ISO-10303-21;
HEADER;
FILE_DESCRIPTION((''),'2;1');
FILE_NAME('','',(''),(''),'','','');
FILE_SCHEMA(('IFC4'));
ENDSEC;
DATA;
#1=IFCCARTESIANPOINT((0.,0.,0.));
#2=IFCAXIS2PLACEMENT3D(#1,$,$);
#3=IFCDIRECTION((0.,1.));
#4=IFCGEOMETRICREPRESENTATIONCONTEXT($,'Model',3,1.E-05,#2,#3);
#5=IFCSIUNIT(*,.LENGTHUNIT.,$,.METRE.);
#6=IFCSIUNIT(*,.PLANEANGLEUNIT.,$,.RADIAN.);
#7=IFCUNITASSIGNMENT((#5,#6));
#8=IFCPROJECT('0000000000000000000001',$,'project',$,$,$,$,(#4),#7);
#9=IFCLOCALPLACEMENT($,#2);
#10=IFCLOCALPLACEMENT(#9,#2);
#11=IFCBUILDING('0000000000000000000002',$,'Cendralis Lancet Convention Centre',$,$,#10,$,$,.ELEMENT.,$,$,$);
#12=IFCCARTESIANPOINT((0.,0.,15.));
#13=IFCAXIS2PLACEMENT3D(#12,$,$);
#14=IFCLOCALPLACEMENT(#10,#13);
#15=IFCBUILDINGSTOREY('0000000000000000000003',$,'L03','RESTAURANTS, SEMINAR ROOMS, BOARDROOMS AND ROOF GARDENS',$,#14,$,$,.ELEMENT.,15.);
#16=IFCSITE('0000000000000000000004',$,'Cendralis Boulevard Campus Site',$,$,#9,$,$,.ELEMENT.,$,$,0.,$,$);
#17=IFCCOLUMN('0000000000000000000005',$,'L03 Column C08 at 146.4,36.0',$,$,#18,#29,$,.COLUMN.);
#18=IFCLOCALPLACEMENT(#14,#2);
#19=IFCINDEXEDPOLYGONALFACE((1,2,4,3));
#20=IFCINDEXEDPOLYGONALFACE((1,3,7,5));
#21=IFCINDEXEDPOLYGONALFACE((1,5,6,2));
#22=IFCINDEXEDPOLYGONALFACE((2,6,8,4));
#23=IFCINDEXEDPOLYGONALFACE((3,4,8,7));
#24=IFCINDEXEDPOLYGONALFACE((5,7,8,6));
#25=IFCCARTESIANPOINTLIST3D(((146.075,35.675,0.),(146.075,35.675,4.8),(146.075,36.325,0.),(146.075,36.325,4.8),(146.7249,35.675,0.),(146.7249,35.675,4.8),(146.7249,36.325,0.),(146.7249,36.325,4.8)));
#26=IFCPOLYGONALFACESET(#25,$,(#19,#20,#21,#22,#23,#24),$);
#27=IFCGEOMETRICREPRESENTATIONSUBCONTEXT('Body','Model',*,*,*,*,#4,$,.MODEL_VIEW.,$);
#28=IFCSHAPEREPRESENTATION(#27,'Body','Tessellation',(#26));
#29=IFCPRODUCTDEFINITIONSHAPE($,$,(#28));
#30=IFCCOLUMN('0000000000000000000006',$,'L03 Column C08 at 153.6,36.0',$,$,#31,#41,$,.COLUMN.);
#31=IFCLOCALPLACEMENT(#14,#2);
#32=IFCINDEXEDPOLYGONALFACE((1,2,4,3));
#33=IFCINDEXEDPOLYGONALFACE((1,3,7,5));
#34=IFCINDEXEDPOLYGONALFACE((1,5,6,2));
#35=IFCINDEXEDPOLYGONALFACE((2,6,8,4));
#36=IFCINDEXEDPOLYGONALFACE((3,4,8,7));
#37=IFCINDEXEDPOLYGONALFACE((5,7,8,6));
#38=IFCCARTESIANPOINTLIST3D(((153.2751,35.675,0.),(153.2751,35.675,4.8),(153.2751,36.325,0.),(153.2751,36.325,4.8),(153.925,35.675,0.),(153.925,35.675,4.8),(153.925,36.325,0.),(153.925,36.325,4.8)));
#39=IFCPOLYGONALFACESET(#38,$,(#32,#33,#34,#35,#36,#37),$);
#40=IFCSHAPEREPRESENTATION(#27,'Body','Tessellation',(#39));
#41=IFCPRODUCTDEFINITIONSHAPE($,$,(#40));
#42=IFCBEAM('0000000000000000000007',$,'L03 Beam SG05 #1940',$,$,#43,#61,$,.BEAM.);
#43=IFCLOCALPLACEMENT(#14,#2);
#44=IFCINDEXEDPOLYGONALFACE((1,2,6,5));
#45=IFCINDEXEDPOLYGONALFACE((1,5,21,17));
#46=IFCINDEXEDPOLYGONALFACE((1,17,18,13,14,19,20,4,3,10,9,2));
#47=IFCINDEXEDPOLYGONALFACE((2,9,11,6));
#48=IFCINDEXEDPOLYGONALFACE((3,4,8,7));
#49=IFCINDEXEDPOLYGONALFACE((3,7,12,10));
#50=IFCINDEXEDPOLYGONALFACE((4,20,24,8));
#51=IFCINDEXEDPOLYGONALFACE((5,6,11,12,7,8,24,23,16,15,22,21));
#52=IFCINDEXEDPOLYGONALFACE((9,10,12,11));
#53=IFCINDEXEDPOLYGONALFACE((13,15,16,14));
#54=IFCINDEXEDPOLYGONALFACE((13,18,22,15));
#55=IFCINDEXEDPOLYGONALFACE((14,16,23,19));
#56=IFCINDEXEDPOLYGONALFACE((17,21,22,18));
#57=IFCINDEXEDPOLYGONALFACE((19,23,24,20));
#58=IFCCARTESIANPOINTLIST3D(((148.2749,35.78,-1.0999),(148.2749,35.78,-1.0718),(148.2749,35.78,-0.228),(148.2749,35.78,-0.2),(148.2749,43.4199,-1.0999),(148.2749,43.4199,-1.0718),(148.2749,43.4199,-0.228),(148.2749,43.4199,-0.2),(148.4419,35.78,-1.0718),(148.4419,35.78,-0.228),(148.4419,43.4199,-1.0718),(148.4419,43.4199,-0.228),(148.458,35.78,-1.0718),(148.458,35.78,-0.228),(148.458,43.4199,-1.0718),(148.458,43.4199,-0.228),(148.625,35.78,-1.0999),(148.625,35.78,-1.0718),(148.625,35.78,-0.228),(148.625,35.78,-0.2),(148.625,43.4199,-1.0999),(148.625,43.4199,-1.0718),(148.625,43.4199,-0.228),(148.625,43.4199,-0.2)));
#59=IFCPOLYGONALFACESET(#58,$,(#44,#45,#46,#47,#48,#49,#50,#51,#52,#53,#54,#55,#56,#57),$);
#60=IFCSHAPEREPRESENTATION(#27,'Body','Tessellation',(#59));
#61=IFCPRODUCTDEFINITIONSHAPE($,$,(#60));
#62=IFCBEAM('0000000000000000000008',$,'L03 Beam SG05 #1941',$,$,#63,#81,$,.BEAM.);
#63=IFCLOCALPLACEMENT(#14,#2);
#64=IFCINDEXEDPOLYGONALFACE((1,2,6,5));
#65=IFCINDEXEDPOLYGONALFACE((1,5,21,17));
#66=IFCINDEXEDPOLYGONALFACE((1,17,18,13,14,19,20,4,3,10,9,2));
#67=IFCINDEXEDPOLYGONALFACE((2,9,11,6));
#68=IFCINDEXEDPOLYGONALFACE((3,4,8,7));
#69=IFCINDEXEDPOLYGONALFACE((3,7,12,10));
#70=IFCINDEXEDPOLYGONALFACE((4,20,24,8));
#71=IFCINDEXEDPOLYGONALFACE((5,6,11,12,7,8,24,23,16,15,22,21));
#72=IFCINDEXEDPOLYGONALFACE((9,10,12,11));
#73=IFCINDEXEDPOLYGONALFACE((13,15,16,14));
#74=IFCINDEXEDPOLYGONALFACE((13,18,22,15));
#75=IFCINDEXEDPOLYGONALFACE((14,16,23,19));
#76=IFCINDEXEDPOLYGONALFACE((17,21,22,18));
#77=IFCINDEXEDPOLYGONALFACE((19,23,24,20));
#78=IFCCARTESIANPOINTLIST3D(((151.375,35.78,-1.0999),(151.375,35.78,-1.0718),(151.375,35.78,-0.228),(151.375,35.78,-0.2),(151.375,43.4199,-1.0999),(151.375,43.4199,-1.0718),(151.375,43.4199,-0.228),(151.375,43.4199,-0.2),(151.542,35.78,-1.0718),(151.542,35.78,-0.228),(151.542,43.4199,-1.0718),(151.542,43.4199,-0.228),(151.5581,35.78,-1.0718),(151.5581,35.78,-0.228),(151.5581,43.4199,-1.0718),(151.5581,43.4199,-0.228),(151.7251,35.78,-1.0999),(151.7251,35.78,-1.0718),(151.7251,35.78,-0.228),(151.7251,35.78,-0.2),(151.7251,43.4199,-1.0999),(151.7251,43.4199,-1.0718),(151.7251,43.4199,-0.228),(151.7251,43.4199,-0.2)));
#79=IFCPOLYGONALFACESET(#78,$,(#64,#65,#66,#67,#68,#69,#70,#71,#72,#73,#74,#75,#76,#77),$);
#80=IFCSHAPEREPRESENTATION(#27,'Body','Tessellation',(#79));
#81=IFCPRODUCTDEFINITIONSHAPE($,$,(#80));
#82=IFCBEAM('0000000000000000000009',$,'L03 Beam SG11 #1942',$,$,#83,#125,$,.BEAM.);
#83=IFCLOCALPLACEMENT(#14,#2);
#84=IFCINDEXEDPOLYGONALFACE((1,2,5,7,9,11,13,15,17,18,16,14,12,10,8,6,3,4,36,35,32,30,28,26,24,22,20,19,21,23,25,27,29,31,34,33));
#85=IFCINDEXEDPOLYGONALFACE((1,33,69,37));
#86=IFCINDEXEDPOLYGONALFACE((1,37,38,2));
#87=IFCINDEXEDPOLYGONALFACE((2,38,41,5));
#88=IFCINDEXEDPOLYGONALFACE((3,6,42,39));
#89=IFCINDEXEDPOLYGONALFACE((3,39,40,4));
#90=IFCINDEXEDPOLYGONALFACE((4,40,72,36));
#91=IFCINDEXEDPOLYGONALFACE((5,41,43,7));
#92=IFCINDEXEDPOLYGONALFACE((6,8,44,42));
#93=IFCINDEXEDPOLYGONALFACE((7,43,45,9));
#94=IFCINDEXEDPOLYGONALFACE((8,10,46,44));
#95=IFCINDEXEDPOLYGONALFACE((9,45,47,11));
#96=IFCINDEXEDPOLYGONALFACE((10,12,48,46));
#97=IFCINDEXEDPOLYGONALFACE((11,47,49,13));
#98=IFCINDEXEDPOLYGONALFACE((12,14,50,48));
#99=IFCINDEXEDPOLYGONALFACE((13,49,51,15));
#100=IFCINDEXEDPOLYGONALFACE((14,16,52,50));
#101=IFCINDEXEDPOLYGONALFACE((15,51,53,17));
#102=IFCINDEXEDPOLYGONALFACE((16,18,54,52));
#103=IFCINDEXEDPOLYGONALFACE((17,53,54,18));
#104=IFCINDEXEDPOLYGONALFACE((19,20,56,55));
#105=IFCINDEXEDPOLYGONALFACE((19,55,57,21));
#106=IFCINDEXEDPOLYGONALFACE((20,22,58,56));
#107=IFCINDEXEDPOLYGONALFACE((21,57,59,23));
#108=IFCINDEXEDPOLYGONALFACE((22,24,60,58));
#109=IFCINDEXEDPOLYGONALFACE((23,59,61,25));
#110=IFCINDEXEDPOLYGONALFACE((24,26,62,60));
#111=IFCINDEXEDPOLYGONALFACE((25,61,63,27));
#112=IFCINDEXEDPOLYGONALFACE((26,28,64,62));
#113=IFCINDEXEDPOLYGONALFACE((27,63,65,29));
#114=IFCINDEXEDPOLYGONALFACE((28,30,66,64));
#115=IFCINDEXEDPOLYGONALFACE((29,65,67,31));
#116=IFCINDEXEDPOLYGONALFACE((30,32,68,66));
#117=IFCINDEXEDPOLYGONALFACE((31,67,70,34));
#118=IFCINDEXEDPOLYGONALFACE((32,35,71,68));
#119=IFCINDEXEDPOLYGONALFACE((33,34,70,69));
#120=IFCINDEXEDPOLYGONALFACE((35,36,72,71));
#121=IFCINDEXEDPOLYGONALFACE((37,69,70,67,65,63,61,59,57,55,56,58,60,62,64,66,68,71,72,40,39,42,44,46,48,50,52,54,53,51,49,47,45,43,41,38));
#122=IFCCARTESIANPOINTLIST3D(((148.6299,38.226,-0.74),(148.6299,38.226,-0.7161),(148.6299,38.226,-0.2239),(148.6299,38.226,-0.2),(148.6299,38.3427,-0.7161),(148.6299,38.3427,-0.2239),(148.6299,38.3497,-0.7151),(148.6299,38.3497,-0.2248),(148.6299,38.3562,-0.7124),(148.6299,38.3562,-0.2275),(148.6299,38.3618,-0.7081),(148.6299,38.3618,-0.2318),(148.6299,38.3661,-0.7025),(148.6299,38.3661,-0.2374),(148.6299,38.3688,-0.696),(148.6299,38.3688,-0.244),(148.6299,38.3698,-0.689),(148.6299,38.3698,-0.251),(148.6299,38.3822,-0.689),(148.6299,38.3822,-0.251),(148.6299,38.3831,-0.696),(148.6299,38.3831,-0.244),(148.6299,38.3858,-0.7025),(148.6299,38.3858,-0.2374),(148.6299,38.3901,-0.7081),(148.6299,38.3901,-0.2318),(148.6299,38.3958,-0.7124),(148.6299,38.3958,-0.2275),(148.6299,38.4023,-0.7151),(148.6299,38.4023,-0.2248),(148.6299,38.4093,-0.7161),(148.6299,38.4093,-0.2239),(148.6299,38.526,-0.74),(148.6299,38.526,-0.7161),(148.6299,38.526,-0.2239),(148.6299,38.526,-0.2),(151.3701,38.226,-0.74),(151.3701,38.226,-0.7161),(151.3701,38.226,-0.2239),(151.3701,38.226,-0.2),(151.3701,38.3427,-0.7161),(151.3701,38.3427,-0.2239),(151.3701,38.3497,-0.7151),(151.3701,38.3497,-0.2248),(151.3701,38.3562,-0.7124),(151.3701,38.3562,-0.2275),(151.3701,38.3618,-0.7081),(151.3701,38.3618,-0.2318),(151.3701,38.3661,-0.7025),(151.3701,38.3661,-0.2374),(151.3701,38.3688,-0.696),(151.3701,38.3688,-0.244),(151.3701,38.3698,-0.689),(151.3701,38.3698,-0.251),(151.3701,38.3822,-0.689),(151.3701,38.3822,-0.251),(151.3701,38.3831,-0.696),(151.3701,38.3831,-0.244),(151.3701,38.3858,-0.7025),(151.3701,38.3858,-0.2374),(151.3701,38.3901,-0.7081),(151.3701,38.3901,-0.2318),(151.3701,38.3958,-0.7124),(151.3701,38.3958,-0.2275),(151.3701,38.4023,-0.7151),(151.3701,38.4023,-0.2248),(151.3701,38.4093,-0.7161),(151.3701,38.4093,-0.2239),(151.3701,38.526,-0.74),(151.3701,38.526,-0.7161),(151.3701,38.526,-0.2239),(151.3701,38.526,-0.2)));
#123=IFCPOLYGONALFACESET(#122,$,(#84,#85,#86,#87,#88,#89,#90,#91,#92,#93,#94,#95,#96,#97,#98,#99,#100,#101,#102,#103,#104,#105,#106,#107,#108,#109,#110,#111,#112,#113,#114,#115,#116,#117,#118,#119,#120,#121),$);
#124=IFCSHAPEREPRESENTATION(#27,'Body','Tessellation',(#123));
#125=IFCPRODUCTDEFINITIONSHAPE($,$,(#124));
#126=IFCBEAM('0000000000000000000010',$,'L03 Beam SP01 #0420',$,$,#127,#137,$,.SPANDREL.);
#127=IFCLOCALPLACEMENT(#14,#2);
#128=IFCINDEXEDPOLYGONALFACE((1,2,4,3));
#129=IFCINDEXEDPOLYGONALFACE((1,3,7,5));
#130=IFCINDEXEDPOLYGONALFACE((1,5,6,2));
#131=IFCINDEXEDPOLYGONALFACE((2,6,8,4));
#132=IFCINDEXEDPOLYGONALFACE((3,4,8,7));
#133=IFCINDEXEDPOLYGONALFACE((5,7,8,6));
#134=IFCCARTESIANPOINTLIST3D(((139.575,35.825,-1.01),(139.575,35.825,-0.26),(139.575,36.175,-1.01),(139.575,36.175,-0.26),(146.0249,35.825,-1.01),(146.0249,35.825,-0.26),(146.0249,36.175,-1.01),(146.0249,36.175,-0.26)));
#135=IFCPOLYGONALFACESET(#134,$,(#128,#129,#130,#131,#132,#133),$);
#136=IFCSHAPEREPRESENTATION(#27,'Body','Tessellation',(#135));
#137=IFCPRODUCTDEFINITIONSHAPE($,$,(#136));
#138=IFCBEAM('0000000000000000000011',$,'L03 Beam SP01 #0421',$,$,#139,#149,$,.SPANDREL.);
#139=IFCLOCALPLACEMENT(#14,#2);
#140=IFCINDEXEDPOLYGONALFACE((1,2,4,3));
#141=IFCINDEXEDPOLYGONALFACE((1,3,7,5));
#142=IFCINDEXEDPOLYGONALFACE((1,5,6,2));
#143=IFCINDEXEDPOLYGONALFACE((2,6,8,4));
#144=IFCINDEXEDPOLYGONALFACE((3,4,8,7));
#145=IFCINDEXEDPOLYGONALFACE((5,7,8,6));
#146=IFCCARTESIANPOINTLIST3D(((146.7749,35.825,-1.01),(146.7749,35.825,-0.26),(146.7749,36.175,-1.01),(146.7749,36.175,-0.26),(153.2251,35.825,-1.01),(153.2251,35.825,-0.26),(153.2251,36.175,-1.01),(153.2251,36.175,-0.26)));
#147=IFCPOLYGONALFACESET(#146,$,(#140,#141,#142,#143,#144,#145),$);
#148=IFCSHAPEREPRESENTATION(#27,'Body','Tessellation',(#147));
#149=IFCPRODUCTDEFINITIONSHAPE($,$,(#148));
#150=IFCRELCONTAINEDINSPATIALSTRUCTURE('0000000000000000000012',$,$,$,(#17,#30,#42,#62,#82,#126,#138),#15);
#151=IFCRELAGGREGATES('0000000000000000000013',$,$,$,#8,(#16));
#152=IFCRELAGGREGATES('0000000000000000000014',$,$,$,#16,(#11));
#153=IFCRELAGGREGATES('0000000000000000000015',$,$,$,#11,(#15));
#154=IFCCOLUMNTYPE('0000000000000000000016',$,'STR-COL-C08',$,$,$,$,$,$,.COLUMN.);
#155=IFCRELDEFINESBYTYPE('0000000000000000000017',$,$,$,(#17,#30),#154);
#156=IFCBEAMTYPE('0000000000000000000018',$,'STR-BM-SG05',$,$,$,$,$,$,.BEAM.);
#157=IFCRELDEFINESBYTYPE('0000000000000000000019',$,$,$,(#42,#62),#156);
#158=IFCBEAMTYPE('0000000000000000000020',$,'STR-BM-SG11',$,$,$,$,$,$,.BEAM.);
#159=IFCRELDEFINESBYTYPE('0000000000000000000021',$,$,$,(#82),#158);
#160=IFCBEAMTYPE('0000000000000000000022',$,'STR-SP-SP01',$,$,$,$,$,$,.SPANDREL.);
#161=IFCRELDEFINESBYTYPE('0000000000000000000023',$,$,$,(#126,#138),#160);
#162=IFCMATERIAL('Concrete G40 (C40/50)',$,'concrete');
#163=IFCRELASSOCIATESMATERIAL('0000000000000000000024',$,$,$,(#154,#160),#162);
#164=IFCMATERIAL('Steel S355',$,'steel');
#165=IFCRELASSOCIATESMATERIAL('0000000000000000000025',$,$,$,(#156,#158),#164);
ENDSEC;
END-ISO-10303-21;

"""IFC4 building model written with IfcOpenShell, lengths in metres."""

from ifc_helpers import new_model, si_unit, direction, frame, origin, origin_2d, place, context, subcontext, project, spatial, rectangle, i_section, extrude, material, material_profile, profile_set, type_object, element, save


model = new_model("IFC4")

# Units and contexts
model_context = context("Model", 3, precision=1e-05, world=origin(), true_north=direction((0.0, 1.0)))
body_context = subcontext(model_context, "Body", "Model", "MODEL_VIEW")
ifc_project = project(units=[si_unit("LENGTHUNIT", "METRE"), si_unit("PLANEANGLEUNIT", "RADIAN")], contexts=[model_context])

# Site, building, storey
site_placement = place(None, origin())
site = spatial("IfcSite", under=ifc_project, at=site_placement, Name="Cendralis Boulevard Campus Site", CompositionType="ELEMENT", RefElevation=0.0)
building_placement = place(site_placement, origin())
building = spatial("IfcBuilding", under=site, at=building_placement, Name="Cendralis Lancet Convention Centre", CompositionType="ELEMENT")
storey_placement = place(building_placement, frame((0.0, 0.0, 15.0)))
storey = spatial("IfcBuildingStorey", under=building, at=storey_placement, Name="L03", Description="RESTAURANTS, SEMINAR ROOMS, BOARDROOMS AND ROOF GARDENS", CompositionType="ELEMENT", Elevation=15.0)

# Columns
ifc_material_1 = material(Name="Concrete G40 (C40/50)", Category="concrete")
ifc_material_profile_1 = material_profile(ifc_material_1, rectangle(XDim=0.6499, YDim=0.6499, at=origin_2d()), Name="RC 650x650")
ifc_profile_set_1 = profile_set([ifc_material_profile_1], Name="Concrete G40 (C40/50)")
column_type = type_object("IfcColumnType", Name="STR-COL-C08", PredefinedType="COLUMN", material=ifc_profile_set_1)
for number, where, z_axis, x_axis, name in (
    (1, (146.3999, 36.0, 0.0), (0.0, 0.0, 1.0), (1.0, 0.0, 0.0), "L03 Column C08 at 146.4,36.0"),
    (2, (153.6001, 36.0, 0.0), (0.0, 0.0, 1.0), (1.0, 0.0, 0.0), "L03 Column C08 at 153.6,36.0"),
):
    element("IfcColumn", number, at=place(storey_placement, frame(where, z_axis=z_axis, x_axis=x_axis)), inside=storey, type_object=column_type, Name=name, PredefinedType="COLUMN", context=body_context, shape_type="SweptSolid", body=[
        extrude(rectangle(XDim=0.6499, YDim=0.6499, at=origin_2d()), origin(), (0.0, 0.0, 1.0), 4.8),
    ])

# Beams
ifc_material_2 = material(Name="Steel S355", Category="steel")
ifc_material_profile_2 = material_profile(ifc_material_2, i_section(OverallWidth=0.3501, OverallDepth=0.8999, WebThickness=0.0161, FlangeThickness=0.0281, at=origin_2d()), Name="PG 900x350")
ifc_profile_set_2 = profile_set([ifc_material_profile_2], Name="Steel S355")
beam_type_1 = type_object("IfcBeamType", Name="STR-BM-SG05", PredefinedType="BEAM", material=ifc_profile_set_2)
for number, where, z_axis, x_axis, name in (
    (3, (148.45, 35.78, -0.6499), (0.0, 1.0, 0.0), (-1.0, 0.0, 0.0), "L03 Beam SG05 #1940"),
    (4, (151.55, 35.78, -0.6499), (0.0, 1.0, 0.0), (-1.0, 0.0, 0.0), "L03 Beam SG05 #1941"),
):
    element("IfcBeam", number, at=place(storey_placement, frame(where, z_axis=z_axis, x_axis=x_axis)), inside=storey, type_object=beam_type_1, Name=name, PredefinedType="BEAM", context=body_context, shape_type="SweptSolid", body=[
        extrude(i_section(OverallWidth=0.3501, OverallDepth=0.8999, WebThickness=0.0161, FlangeThickness=0.0281, at=origin_2d()), origin(), (0.0, 0.0, 1.0), 7.6399),
    ])
ifc_material_profile_3 = material_profile(ifc_material_2, i_section(OverallWidth=0.3, OverallDepth=0.54, WebThickness=0.0125, FlangeThickness=0.0239, FilletRadius=0.0271, at=origin_2d()), Name="HEA 550")
ifc_profile_set_3 = profile_set([ifc_material_profile_3], Name="Steel S355")
beam_type_2 = type_object("IfcBeamType", Name="STR-BM-SG11", PredefinedType="BEAM", material=ifc_profile_set_3)
beam_1_placement = place(storey_placement, frame((148.6299, 38.376, -0.47), z_axis=(1.0, 0.0, 0.0), x_axis=(0.0, 1.0, 0.0)))
element("IfcBeam", 5, at=beam_1_placement, inside=storey, type_object=beam_type_2, Name="L03 Beam SG11 #1942", PredefinedType="BEAM", context=body_context, shape_type="SweptSolid", body=[
    extrude(i_section(OverallWidth=0.3, OverallDepth=0.54, WebThickness=0.0125, FlangeThickness=0.0239, FilletRadius=0.0271, at=origin_2d()), origin(), (0.0, 0.0, 1.0), 2.7402),
])
ifc_material_profile_4 = material_profile(ifc_material_1, rectangle(XDim=0.3501, YDim=0.75, at=origin_2d()), Name="RCB 350x750")
ifc_profile_set_4 = profile_set([ifc_material_profile_4], Name="Concrete G40 (C40/50)")
beam_type_3 = type_object("IfcBeamType", Name="STR-SP-SP01", PredefinedType="SPANDREL", material=ifc_profile_set_4)
beam_2_placement = place(storey_placement, frame((139.575, 36.0, -0.635), z_axis=(1.0, 0.0, 0.0), x_axis=(0.0, 1.0, 0.0)))
element("IfcBeam", 6, at=beam_2_placement, inside=storey, type_object=beam_type_3, Name="L03 Beam SP01 #0420", PredefinedType="SPANDREL", context=body_context, shape_type="SweptSolid", body=[
    extrude(rectangle(XDim=0.3501, YDim=0.75, at=origin_2d()), origin(), (0.0, 0.0, 1.0), 6.45),
])
beam_3_placement = place(storey_placement, frame((146.7749, 36.0, -0.635), z_axis=(1.0, 0.0, 0.0), x_axis=(0.0, 1.0, 0.0)))
element("IfcBeam", 7, at=beam_3_placement, inside=storey, type_object=beam_type_3, Name="L03 Beam SP01 #0421", PredefinedType="SPANDREL", context=body_context, shape_type="SweptSolid", body=[
    extrude(rectangle(XDim=0.3501, YDim=0.75, at=origin_2d()), origin(), (0.0, 0.0, 1.0), 6.4502),
])

save(model, "model.ifc")
